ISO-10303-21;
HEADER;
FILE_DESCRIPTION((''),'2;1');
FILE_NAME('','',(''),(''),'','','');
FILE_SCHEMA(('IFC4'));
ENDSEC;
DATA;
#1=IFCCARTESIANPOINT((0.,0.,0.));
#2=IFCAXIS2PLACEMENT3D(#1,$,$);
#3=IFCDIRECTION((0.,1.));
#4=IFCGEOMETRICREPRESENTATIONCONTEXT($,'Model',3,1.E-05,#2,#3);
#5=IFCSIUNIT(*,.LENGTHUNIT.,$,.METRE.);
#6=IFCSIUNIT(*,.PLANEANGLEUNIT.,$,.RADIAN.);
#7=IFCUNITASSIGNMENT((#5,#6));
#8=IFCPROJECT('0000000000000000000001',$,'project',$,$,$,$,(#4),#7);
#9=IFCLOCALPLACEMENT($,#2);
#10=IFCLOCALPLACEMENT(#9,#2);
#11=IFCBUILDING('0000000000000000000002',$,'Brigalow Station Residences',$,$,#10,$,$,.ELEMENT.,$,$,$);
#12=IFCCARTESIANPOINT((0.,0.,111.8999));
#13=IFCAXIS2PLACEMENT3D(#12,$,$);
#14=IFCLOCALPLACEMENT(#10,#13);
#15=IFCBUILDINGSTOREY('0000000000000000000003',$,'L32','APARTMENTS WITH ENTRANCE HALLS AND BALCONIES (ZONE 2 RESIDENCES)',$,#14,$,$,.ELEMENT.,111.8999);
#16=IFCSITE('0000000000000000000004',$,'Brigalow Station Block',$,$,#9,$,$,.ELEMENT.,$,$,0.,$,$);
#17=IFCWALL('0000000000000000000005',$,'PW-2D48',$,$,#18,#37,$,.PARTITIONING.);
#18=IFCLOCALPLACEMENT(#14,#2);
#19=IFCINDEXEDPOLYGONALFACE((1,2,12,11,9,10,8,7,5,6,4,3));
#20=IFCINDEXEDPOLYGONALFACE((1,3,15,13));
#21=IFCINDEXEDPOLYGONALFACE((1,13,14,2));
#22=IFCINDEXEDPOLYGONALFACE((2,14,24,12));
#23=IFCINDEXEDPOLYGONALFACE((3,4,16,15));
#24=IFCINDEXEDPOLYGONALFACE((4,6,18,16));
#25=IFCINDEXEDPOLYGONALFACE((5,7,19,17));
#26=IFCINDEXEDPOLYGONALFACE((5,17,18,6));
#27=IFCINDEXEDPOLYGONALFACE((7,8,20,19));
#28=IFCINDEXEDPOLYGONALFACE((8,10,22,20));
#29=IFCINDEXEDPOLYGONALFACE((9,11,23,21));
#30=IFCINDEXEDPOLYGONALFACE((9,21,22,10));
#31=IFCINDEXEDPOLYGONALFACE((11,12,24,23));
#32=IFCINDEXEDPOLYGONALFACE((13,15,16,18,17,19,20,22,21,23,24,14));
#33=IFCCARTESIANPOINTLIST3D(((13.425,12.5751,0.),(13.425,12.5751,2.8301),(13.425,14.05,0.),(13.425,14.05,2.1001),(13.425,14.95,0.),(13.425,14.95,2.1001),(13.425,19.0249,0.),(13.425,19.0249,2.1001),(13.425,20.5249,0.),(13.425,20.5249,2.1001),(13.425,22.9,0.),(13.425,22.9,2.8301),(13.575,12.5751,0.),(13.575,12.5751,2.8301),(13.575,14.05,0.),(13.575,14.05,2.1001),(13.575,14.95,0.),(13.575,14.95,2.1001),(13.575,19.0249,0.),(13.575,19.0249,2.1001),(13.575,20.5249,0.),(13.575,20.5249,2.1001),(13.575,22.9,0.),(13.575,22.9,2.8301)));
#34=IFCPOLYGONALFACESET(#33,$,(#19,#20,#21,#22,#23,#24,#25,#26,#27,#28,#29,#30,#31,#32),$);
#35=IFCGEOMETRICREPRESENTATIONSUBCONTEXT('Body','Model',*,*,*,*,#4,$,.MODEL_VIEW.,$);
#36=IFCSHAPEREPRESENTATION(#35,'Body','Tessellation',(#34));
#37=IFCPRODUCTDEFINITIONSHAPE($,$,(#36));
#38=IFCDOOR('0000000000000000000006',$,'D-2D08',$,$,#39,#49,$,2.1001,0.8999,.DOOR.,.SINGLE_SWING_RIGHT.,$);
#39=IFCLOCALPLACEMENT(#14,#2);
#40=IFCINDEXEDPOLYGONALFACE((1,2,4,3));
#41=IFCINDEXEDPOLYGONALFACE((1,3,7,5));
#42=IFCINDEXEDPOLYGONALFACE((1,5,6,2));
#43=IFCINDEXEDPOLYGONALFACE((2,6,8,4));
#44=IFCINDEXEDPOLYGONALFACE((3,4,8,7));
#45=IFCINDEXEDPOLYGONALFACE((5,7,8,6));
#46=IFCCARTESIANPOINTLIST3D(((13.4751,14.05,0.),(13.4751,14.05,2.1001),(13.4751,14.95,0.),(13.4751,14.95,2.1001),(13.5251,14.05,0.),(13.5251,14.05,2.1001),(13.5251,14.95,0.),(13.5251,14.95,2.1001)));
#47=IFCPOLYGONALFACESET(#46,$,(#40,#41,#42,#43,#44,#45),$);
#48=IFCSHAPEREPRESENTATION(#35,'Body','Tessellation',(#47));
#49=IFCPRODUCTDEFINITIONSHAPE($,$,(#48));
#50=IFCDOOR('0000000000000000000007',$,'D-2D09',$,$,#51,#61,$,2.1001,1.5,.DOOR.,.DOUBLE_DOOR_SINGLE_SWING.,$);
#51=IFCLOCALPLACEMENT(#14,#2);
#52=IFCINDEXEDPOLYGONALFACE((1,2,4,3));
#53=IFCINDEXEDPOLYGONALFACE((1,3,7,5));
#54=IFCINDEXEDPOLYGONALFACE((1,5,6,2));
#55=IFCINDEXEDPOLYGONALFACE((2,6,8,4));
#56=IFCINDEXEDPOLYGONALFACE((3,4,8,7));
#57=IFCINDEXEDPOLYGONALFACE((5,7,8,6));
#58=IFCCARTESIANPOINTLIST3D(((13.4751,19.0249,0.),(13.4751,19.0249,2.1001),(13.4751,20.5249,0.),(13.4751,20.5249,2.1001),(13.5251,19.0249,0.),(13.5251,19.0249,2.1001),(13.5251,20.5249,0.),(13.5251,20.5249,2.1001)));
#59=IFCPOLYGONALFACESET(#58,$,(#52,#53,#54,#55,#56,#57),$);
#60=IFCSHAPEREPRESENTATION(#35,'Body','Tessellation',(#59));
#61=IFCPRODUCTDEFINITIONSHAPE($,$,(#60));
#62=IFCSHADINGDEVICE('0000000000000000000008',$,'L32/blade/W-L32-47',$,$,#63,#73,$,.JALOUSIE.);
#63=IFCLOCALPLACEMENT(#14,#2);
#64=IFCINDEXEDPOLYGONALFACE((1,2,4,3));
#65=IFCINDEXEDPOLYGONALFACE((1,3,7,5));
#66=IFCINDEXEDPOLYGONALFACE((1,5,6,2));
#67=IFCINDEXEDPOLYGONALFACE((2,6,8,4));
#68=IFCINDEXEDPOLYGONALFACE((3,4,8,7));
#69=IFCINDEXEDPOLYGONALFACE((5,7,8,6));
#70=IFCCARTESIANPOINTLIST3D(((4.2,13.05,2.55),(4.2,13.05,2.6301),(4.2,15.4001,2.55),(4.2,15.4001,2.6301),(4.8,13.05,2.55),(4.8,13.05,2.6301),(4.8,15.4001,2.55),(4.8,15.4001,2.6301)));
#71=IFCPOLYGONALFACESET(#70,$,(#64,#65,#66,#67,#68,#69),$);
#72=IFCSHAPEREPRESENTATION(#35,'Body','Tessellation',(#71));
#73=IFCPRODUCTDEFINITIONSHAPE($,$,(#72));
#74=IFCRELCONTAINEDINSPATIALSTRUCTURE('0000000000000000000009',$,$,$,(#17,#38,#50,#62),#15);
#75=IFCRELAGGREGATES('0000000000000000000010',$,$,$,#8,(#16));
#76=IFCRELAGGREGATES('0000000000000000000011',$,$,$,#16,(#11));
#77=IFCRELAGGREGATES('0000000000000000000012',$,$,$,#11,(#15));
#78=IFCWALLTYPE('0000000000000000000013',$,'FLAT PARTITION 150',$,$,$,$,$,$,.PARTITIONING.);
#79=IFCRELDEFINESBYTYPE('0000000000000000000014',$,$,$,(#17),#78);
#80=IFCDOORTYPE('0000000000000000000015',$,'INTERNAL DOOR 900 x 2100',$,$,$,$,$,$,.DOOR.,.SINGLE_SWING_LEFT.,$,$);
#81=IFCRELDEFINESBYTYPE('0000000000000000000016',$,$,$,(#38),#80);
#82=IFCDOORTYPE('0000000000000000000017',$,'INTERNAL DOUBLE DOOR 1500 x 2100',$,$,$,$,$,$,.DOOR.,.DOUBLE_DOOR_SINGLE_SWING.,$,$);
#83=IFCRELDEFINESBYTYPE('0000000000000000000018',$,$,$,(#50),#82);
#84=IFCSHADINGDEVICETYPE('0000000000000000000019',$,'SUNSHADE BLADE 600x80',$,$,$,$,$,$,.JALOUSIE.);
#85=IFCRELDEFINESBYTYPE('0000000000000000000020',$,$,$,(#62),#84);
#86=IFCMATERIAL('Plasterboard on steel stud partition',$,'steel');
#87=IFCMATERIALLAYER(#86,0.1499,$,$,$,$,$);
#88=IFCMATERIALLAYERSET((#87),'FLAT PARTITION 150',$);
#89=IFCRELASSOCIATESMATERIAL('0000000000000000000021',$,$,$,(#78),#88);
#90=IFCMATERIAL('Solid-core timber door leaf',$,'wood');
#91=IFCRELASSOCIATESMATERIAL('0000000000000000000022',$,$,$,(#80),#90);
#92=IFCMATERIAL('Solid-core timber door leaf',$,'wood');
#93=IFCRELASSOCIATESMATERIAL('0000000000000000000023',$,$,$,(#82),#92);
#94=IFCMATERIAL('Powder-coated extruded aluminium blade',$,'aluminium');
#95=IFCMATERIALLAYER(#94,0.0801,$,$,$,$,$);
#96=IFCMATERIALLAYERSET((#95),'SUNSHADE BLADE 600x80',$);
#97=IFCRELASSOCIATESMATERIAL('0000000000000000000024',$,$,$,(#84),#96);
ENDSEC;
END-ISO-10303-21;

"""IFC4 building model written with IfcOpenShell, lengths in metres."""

from ifc_helpers import new_model, si_unit, direction, frame, frame_2d, origin, origin_2d, place, context, subcontext, project, spatial, rectangle, extrude, material, layer, layer_set, type_object, element, fill, save


model = new_model("IFC4")

# Units and contexts
model_context = context("Model", 3, precision=1e-05, world=origin(), true_north=direction((0.0, 1.0)))
body_context = subcontext(model_context, "Body", "Model", "MODEL_VIEW")
ifc_project = project(units=[si_unit("LENGTHUNIT", "METRE"), si_unit("PLANEANGLEUNIT", "RADIAN")], contexts=[model_context])

# Site, building, storey
site_placement = place(None, origin())
site = spatial("IfcSite", under=ifc_project, at=site_placement, Name="Brigalow Station Block", CompositionType="ELEMENT", RefElevation=0.0)
building_placement = place(site_placement, origin())
building = spatial("IfcBuilding", under=site, at=building_placement, Name="Brigalow Station Residences", CompositionType="ELEMENT")
storey_placement = place(building_placement, frame((0.0, 0.0, 111.8999)))
storey = spatial("IfcBuildingStorey", under=building, at=storey_placement, Name="L32", Description="APARTMENTS WITH ENTRANCE HALLS AND BALCONIES (ZONE 2 RESIDENCES)", CompositionType="ELEMENT", Elevation=111.8999)

# Shared definitions
ifc_material_1 = material(Name="Plasterboard on steel stud partition", Category="steel")
ifc_layer_1 = layer(ifc_material_1, 0.1499)
ifc_layer_set_1 = layer_set([ifc_layer_1], Name="FLAT PARTITION 150")
wall_type_1 = type_object("IfcWallType", Name="FLAT PARTITION 150", PredefinedType="PARTITIONING", material=ifc_layer_set_1)

# Wall, openings, doors
wall_1_placement = place(storey_placement, frame((13.5, 12.575, 0.0), z_axis=(0.0, 0.0, 1.0), x_axis=(0.0, 1.0, 0.0)))
wall_1 = element("IfcWall", 1, at=wall_1_placement, inside=storey, type_object=wall_type_1, Name="PW-2D48", PredefinedType="PARTITIONING", context=body_context, shape_type="SweptSolid", body=[
    extrude(rectangle(XDim=10.325, YDim=0.1499, at=frame_2d((5.1626, 0.0))), origin(), (0.0, 0.0, 1.0), 2.8301),
])
opening_1_placement = place(wall_1_placement, frame((1.4751, 0.0, 0.0)))
opening_1 = element("IfcOpeningElement", 2, at=opening_1_placement, cuts=wall_1, PredefinedType="OPENING", context=body_context, shape_type="SweptSolid", body=[
    extrude(rectangle(XDim=0.8999, YDim=2.1001, at=frame_2d((0.45, 1.05))), frame((0.0, 0.085, 0.0), z_axis=(0.0, -1.0, 0.0), x_axis=(1.0, 0.0, 0.0)), (0.0, 0.0, 1.0), 0.1699),
])
opening_2_placement = place(wall_1_placement, frame((6.45, 0.0, 0.0)))
opening_2 = element("IfcOpeningElement", 3, at=opening_2_placement, cuts=wall_1, PredefinedType="OPENING", context=body_context, shape_type="SweptSolid", body=[
    extrude(rectangle(XDim=1.5, YDim=2.1001, at=frame_2d((0.75, 1.05))), frame((0.0, 0.085, 0.0), z_axis=(0.0, -1.0, 0.0), x_axis=(1.0, 0.0, 0.0)), (0.0, 0.0, 1.0), 0.1699),
])
ifc_material_2 = material(Name="Solid-core timber door leaf", Category="wood")
door_type_1 = type_object("IfcDoorType", Name="INTERNAL DOOR 900 x 2100", OperationType="SINGLE_SWING_LEFT", PredefinedType="DOOR", material=ifc_material_2)
door_1_placement = place(opening_1_placement, origin())
door_1 = element("IfcDoor", 4, at=door_1_placement, inside=storey, type_object=door_type_1, Name="D-2D08", OperationType="SINGLE_SWING_RIGHT", OverallHeight=2.1001, OverallWidth=0.8999, PredefinedType="DOOR", context=body_context, shape_type="SweptSolid", body=[
    extrude(rectangle(XDim=0.8999, YDim=2.1001, at=frame_2d((0.45, 1.05))), frame((0.0, 0.0249, 0.0), z_axis=(0.0, -1.0, 0.0), x_axis=(1.0, 0.0, 0.0)), (0.0, 0.0, 1.0), 0.05),
])
fill(opening_1, door_1)
ifc_material_3 = material(Name="Solid-core timber door leaf", Category="wood")
door_type_2 = type_object("IfcDoorType", Name="INTERNAL DOUBLE DOOR 1500 x 2100", OperationType="DOUBLE_DOOR_SINGLE_SWING", PredefinedType="DOOR", material=ifc_material_3)
door_2_placement = place(opening_2_placement, origin())
door_2 = element("IfcDoor", 5, at=door_2_placement, inside=storey, type_object=door_type_2, Name="D-2D09", OperationType="DOUBLE_DOOR_SINGLE_SWING", OverallHeight=2.1001, OverallWidth=1.5, PredefinedType="DOOR", context=body_context, shape_type="SweptSolid", body=[
    extrude(rectangle(XDim=1.5, YDim=2.1001, at=frame_2d((0.75, 1.05))), frame((0.0, 0.0249, 0.0), z_axis=(0.0, -1.0, 0.0), x_axis=(1.0, 0.0, 0.0)), (0.0, 0.0, 1.0), 0.05),
])
fill(opening_2, door_2)

# Shading device
ifc_material_4 = material(Name="Powder-coated extruded aluminium blade", Category="aluminium")
ifc_layer_2 = layer(ifc_material_4, 0.0801)
ifc_layer_set_2 = layer_set([ifc_layer_2], Name="SUNSHADE BLADE 600x80")
shading_device_type = type_object("IfcShadingDeviceType", Name="SUNSHADE BLADE 600x80", PredefinedType="JALOUSIE", material=ifc_layer_set_2)
shading_device_placement = place(storey_placement, frame((4.5, 14.2251, 2.55), z_axis=(0.0, 0.0, 1.0), x_axis=(0.0, -1.0, 0.0)))
element("IfcShadingDevice", 6, at=shading_device_placement, inside=storey, type_object=shading_device_type, Name="L32/blade/W-L32-47", PredefinedType="JALOUSIE", context=body_context, shape_type="SweptSolid", body=[
    extrude(rectangle(XDim=2.3501, YDim=0.6001, at=origin_2d()), origin(), (0.0, 0.0, 1.0), 0.0801),
])

save(model, "model.ifc")
